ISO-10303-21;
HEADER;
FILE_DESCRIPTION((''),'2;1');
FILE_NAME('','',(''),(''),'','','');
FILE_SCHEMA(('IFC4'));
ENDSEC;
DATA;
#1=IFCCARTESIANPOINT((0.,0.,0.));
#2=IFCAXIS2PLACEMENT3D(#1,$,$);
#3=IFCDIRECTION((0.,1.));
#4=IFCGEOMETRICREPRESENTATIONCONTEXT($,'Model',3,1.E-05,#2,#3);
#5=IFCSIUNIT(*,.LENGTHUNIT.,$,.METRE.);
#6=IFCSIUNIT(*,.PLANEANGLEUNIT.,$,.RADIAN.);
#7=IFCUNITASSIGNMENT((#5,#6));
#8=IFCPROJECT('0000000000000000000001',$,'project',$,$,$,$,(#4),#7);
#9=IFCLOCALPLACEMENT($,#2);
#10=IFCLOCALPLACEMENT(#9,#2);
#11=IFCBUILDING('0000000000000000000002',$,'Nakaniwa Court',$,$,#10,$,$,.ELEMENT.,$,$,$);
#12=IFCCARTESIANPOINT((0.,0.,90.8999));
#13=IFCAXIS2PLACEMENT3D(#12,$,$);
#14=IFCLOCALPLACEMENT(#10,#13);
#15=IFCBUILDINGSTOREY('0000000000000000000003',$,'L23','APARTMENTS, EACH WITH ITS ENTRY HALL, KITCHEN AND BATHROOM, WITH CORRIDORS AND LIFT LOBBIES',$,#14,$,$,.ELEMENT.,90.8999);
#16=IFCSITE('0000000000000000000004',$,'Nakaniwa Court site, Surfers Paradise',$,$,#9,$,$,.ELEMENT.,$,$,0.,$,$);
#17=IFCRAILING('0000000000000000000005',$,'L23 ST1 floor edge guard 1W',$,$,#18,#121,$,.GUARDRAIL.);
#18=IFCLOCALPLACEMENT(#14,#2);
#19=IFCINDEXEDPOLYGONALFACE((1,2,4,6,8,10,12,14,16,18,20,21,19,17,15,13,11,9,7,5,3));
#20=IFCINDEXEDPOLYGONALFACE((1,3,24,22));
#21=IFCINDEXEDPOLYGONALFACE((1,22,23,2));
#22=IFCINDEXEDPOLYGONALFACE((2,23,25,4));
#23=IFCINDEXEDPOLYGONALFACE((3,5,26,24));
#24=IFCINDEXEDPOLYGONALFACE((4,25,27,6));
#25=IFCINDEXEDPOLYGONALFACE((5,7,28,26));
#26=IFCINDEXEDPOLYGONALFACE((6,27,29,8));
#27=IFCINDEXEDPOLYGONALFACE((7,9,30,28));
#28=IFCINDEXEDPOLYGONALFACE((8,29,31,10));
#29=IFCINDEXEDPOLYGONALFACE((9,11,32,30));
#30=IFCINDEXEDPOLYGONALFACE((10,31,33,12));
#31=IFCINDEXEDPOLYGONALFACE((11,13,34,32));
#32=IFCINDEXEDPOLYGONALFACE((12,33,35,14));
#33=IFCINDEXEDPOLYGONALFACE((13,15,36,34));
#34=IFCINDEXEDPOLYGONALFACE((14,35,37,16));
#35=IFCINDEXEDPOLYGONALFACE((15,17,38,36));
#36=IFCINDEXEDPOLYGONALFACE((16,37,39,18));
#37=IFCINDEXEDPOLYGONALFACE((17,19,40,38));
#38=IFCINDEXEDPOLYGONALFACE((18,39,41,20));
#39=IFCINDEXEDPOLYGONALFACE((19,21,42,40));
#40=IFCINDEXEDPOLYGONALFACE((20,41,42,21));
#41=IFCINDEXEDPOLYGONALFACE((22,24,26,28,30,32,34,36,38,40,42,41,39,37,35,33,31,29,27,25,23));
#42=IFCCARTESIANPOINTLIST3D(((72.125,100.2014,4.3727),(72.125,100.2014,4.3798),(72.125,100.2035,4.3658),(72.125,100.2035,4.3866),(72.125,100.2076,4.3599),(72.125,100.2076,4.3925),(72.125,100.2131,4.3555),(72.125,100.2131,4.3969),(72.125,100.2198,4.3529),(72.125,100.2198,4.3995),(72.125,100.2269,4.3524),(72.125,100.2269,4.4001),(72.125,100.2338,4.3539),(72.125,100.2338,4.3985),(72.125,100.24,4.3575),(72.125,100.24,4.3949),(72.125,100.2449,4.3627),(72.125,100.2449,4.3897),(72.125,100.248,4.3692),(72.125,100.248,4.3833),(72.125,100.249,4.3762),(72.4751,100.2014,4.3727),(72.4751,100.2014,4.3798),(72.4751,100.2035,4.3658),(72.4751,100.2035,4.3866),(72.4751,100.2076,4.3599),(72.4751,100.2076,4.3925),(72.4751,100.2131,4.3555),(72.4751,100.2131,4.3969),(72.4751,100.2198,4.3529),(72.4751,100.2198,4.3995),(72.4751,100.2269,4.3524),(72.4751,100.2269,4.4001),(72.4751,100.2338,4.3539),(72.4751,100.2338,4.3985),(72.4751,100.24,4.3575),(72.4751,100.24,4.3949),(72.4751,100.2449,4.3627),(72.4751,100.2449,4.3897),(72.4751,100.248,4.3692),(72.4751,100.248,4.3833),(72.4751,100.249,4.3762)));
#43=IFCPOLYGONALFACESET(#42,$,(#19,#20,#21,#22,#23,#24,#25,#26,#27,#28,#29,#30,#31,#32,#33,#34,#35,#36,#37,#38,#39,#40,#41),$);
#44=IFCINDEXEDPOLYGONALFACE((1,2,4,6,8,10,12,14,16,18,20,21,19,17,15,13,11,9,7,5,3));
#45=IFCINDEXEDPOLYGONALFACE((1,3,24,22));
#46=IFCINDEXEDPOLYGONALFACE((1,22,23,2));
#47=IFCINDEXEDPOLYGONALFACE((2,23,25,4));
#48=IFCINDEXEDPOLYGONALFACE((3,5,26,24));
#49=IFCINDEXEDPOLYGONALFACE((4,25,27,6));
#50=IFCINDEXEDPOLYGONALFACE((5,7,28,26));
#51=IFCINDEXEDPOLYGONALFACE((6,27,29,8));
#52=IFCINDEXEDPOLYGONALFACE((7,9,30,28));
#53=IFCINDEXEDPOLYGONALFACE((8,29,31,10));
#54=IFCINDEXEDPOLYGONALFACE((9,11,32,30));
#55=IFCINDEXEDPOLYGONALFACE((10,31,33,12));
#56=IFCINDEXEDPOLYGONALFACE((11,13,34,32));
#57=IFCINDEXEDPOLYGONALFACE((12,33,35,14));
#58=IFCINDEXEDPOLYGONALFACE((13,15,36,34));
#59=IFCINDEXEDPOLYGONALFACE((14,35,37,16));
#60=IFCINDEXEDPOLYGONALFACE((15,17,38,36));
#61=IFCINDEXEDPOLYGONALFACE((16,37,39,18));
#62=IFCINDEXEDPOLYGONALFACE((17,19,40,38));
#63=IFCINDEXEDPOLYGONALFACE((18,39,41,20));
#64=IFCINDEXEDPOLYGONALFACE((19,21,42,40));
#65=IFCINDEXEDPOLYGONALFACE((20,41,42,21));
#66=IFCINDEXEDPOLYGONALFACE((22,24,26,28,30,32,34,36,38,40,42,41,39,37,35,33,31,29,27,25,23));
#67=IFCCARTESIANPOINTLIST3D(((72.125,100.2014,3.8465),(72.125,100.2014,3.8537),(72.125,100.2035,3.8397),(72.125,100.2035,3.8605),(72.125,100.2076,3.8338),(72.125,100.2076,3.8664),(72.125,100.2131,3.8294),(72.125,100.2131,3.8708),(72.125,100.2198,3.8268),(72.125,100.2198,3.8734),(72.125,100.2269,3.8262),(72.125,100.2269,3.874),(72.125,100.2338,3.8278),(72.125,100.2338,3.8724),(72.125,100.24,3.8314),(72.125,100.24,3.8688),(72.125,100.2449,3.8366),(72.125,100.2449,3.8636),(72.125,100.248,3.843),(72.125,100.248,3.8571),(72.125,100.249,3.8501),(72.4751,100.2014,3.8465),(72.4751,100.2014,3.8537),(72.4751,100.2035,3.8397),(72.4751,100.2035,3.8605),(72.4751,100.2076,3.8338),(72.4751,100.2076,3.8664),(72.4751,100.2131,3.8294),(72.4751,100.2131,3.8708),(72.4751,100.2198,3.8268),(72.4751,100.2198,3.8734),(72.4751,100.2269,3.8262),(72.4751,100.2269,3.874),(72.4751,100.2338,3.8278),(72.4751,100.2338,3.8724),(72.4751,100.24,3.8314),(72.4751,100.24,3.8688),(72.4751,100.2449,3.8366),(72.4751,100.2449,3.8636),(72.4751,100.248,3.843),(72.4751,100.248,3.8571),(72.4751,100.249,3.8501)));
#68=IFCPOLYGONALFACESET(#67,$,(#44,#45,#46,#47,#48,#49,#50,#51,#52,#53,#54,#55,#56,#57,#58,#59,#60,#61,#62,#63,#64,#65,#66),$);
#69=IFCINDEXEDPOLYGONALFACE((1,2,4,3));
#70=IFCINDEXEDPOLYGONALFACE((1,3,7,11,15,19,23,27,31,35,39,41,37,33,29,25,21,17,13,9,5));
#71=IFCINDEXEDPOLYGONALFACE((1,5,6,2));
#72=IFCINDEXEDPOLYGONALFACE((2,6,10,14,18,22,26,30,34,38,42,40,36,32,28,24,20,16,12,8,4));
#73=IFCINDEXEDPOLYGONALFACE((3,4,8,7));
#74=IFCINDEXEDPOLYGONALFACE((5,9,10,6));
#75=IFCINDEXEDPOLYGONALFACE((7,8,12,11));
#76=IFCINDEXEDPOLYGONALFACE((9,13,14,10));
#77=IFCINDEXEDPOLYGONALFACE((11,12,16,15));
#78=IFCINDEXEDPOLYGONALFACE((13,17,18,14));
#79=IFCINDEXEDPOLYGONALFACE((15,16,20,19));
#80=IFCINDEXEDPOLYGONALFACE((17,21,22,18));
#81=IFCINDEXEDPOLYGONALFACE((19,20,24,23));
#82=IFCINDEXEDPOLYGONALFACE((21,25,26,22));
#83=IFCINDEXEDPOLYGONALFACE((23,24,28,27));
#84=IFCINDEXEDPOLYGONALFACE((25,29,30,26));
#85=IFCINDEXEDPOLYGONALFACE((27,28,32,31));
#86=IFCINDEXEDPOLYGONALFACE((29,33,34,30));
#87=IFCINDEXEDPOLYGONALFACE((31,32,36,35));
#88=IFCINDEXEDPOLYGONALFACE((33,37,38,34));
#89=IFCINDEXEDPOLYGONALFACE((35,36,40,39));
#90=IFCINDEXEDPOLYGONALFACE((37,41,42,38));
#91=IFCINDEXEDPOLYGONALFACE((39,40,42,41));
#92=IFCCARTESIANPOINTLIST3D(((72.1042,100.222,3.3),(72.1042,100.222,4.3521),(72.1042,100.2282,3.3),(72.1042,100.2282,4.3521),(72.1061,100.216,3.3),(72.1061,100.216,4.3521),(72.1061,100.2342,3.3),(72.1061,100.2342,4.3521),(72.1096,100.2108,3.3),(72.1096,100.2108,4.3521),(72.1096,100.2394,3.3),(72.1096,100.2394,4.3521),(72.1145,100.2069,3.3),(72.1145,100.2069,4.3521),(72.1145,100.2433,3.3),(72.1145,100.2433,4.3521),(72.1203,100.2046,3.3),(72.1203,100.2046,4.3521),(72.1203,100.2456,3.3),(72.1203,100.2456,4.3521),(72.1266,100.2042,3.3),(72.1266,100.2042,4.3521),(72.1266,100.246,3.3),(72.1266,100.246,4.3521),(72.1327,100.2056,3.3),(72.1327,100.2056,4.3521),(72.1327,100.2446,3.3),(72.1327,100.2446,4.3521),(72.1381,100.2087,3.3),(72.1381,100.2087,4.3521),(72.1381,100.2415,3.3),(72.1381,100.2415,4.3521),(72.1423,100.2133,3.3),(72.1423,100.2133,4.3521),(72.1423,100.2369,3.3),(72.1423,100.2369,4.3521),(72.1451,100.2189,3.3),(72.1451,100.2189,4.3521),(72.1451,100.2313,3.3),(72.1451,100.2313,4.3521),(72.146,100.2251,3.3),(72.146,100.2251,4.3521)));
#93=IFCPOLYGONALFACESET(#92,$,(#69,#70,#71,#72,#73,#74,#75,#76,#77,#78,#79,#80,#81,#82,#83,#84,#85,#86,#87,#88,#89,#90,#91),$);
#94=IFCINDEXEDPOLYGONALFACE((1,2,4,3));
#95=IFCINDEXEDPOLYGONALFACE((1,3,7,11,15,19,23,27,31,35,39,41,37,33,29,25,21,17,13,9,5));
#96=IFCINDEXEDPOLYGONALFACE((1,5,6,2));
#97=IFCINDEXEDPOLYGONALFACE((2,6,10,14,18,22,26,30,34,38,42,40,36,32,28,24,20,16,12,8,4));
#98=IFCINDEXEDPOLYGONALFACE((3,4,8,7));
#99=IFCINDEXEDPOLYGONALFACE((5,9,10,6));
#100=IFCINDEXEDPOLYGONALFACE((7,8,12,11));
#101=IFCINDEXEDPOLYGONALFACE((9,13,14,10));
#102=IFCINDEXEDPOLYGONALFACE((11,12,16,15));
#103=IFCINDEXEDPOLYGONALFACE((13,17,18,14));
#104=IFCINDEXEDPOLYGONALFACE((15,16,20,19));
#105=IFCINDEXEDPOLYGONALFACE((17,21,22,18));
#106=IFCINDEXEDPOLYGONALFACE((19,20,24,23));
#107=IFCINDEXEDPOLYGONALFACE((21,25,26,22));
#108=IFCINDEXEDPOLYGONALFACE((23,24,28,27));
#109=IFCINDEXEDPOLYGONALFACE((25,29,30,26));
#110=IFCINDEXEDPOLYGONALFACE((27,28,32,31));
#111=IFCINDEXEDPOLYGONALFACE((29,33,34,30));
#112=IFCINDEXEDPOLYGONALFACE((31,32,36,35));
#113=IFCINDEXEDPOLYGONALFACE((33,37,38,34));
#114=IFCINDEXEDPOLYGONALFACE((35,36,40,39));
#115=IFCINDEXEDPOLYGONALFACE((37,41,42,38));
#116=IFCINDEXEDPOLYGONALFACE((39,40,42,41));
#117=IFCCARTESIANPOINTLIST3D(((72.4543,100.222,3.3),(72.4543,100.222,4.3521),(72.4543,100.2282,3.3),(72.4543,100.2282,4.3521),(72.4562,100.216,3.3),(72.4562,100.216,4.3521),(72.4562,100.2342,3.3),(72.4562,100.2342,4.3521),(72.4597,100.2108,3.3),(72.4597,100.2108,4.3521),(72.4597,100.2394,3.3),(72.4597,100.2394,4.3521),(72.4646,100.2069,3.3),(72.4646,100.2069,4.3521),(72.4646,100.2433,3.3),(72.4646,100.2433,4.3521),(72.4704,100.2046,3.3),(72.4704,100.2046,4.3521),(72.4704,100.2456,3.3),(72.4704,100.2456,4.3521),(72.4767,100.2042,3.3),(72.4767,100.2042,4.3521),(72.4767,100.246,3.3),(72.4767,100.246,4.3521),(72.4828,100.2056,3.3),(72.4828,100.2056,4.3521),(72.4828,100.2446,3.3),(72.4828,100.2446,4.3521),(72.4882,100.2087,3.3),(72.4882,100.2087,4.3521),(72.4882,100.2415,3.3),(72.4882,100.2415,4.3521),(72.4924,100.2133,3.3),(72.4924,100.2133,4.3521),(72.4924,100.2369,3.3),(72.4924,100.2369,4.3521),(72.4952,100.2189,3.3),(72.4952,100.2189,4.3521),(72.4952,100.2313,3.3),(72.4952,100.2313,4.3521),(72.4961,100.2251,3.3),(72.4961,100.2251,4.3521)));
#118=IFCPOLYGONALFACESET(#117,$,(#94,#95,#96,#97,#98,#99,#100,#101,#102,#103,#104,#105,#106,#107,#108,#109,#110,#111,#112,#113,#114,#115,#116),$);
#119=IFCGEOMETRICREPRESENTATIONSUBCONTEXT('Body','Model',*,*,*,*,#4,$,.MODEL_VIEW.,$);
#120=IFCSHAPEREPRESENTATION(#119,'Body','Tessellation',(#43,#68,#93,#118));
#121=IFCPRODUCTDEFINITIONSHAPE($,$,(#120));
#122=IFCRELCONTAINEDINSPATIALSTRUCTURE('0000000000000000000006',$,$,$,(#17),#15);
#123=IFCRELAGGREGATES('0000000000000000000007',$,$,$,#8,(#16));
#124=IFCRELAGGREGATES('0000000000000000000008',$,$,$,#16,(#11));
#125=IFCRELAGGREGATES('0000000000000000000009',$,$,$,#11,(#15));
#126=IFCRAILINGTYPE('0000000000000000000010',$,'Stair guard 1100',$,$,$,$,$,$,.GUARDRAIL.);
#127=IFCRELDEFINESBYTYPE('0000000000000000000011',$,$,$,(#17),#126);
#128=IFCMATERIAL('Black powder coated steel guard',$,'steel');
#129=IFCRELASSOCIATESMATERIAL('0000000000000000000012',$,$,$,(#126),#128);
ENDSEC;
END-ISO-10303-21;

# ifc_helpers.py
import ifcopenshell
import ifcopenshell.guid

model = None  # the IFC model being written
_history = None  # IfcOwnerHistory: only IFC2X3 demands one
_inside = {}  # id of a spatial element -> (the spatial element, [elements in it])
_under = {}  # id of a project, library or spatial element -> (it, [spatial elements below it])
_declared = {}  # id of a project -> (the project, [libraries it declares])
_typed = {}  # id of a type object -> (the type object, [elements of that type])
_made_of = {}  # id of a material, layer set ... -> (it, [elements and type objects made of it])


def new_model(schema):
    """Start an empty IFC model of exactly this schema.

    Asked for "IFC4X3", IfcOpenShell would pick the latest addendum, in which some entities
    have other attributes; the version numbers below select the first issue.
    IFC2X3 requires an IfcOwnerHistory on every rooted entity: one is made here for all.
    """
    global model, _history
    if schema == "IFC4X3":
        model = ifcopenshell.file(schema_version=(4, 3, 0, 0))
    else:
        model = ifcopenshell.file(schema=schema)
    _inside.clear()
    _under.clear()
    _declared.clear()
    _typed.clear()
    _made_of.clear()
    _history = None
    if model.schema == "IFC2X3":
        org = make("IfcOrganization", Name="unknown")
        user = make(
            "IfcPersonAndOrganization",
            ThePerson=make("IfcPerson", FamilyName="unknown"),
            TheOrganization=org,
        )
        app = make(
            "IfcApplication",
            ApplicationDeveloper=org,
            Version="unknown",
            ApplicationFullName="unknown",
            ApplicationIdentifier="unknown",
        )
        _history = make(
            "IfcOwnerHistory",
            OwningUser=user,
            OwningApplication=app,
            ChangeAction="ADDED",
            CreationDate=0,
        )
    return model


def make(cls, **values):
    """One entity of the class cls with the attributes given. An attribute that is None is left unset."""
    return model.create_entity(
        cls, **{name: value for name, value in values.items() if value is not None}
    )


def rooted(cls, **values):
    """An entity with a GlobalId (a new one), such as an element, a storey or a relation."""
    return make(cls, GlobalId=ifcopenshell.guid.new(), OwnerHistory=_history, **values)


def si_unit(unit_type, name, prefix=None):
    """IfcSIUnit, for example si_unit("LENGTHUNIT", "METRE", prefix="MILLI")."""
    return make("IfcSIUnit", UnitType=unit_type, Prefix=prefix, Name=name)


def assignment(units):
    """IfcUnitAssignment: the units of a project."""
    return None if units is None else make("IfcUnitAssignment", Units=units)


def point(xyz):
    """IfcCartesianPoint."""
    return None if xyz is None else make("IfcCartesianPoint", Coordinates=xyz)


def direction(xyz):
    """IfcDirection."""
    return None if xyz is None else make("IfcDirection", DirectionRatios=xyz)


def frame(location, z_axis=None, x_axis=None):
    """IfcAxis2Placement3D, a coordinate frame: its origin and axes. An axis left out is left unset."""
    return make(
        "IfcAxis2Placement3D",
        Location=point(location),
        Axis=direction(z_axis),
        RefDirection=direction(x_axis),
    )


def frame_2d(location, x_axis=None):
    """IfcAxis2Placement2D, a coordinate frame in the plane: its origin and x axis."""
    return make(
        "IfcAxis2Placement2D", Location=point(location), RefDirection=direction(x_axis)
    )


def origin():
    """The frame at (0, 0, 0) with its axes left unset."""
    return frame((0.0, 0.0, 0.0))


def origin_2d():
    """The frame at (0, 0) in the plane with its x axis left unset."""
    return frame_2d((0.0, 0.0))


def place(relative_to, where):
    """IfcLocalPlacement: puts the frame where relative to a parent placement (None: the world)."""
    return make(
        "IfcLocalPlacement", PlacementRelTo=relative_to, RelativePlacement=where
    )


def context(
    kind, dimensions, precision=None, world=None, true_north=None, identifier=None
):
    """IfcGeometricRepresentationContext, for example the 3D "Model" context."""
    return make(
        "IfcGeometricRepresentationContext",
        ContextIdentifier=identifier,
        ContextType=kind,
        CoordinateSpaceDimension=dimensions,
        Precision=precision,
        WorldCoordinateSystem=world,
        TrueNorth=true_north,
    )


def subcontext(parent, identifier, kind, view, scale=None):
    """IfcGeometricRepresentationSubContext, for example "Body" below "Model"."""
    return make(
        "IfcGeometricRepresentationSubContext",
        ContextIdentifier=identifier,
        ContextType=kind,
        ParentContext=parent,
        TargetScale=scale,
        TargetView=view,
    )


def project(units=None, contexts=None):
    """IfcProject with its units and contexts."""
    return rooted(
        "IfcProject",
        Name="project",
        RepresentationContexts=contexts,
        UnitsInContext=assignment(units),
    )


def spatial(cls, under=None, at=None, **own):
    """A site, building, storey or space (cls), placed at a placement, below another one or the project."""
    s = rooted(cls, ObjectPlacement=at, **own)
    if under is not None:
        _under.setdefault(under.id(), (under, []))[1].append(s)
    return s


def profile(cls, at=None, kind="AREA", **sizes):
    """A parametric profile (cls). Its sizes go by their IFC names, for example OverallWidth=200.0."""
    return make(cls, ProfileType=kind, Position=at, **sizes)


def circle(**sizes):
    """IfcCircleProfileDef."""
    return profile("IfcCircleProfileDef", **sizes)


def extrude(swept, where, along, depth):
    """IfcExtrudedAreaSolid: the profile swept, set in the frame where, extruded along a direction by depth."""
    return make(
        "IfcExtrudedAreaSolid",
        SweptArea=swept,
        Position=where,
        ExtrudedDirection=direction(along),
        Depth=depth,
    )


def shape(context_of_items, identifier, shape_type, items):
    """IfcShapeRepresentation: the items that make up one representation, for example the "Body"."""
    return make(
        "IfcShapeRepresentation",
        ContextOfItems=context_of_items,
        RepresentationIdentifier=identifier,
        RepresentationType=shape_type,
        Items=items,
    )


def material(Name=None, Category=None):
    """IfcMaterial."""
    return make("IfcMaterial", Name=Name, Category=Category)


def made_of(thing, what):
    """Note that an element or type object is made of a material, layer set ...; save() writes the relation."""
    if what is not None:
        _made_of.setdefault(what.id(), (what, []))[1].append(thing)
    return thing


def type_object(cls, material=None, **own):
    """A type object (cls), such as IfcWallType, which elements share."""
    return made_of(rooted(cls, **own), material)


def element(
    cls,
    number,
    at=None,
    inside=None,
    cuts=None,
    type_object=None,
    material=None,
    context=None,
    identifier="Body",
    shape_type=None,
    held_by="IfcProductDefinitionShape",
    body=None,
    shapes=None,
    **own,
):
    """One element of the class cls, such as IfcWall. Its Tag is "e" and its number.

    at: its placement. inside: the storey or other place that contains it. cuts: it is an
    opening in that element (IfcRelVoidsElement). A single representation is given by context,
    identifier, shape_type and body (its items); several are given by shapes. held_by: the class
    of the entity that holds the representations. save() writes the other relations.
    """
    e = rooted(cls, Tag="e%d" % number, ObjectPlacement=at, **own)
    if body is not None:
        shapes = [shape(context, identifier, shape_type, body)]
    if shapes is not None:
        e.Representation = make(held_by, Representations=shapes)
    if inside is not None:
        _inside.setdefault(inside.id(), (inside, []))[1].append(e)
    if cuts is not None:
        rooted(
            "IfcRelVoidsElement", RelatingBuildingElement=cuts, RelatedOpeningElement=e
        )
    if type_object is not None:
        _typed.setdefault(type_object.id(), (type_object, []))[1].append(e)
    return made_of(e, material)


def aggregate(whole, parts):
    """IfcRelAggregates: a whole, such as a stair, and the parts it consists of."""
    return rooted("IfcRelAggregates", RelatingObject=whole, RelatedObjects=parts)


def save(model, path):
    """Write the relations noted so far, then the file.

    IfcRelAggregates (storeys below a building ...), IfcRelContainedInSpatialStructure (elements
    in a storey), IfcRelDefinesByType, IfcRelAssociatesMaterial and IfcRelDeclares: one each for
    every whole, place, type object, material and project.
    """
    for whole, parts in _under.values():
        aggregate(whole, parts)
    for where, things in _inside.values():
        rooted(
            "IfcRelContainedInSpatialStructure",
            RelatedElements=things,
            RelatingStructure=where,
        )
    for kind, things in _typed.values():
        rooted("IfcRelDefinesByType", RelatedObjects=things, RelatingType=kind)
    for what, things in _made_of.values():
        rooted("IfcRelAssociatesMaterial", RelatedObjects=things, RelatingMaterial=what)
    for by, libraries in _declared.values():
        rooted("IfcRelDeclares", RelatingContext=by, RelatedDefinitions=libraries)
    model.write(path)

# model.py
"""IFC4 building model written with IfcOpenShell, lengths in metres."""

from ifc_helpers import new_model, si_unit, direction, frame, origin, origin_2d, place, context, subcontext, project, spatial, circle, extrude, material, type_object, element, save


model = new_model("IFC4")

# Units and contexts
model_context = context("Model", 3, precision=1e-05, world=origin(), true_north=direction((0.0, 1.0)))
body_context = subcontext(model_context, "Body", "Model", "MODEL_VIEW")
ifc_project = project(units=[si_unit("LENGTHUNIT", "METRE"), si_unit("PLANEANGLEUNIT", "RADIAN")], contexts=[model_context])

# Site, building, storey
site_placement = place(None, origin())
site = spatial("IfcSite", under=ifc_project, at=site_placement, Name="Nakaniwa Court site, Surfers Paradise", CompositionType="ELEMENT", RefElevation=0.0)
building_placement = place(site_placement, origin())
building = spatial("IfcBuilding", under=site, at=building_placement, Name="Nakaniwa Court", CompositionType="ELEMENT")
storey_placement = place(building_placement, frame((0.0, 0.0, 90.8999)))
storey = spatial("IfcBuildingStorey", under=building, at=storey_placement, Name="L23", Description="APARTMENTS, EACH WITH ITS ENTRY HALL, KITCHEN AND BATHROOM, WITH CORRIDORS AND LIFT LOBBIES", CompositionType="ELEMENT", Elevation=90.8999)

# Railing
ifc_material_1 = material(Name="Black powder coated steel guard", Category="steel")
railing_type_1 = type_object("IfcRailingType", Name="Stair guard 1100", PredefinedType="GUARDRAIL", material=ifc_material_1)
for number, where, name in (
    (1, (72.125, 100.2251, 3.3), "L23 ST1 floor edge guard 1W"),
):
    element("IfcRailing", number, at=place(storey_placement, frame(where)), inside=storey, type_object=railing_type_1, Name=name, PredefinedType="GUARDRAIL", context=body_context, shape_type="SweptSolid", body=[
        extrude(circle(Radius=0.0239, at=origin_2d()), frame((0.0, 0.0, 1.0762), z_axis=(1.0, 0.0, 0.0), x_axis=(0.0, 1.0, 0.0)), (0.0, 0.0, 1.0), 0.3501),
        extrude(circle(Radius=0.0239, at=origin_2d()), frame((0.0, 0.0, 0.55), z_axis=(1.0, 0.0, 0.0), x_axis=(0.0, 1.0, 0.0)), (0.0, 0.0, 1.0), 0.3501),
        extrude(circle(Radius=0.021, at=origin_2d()), origin(), (0.0, 0.0, 1.0), 1.052),
        extrude(circle(Radius=0.021, at=origin_2d()), frame((0.3501, 0.0, 0.0)), (0.0, 0.0, 1.0), 1.052),
    ])

save(model, "model.ifc")
